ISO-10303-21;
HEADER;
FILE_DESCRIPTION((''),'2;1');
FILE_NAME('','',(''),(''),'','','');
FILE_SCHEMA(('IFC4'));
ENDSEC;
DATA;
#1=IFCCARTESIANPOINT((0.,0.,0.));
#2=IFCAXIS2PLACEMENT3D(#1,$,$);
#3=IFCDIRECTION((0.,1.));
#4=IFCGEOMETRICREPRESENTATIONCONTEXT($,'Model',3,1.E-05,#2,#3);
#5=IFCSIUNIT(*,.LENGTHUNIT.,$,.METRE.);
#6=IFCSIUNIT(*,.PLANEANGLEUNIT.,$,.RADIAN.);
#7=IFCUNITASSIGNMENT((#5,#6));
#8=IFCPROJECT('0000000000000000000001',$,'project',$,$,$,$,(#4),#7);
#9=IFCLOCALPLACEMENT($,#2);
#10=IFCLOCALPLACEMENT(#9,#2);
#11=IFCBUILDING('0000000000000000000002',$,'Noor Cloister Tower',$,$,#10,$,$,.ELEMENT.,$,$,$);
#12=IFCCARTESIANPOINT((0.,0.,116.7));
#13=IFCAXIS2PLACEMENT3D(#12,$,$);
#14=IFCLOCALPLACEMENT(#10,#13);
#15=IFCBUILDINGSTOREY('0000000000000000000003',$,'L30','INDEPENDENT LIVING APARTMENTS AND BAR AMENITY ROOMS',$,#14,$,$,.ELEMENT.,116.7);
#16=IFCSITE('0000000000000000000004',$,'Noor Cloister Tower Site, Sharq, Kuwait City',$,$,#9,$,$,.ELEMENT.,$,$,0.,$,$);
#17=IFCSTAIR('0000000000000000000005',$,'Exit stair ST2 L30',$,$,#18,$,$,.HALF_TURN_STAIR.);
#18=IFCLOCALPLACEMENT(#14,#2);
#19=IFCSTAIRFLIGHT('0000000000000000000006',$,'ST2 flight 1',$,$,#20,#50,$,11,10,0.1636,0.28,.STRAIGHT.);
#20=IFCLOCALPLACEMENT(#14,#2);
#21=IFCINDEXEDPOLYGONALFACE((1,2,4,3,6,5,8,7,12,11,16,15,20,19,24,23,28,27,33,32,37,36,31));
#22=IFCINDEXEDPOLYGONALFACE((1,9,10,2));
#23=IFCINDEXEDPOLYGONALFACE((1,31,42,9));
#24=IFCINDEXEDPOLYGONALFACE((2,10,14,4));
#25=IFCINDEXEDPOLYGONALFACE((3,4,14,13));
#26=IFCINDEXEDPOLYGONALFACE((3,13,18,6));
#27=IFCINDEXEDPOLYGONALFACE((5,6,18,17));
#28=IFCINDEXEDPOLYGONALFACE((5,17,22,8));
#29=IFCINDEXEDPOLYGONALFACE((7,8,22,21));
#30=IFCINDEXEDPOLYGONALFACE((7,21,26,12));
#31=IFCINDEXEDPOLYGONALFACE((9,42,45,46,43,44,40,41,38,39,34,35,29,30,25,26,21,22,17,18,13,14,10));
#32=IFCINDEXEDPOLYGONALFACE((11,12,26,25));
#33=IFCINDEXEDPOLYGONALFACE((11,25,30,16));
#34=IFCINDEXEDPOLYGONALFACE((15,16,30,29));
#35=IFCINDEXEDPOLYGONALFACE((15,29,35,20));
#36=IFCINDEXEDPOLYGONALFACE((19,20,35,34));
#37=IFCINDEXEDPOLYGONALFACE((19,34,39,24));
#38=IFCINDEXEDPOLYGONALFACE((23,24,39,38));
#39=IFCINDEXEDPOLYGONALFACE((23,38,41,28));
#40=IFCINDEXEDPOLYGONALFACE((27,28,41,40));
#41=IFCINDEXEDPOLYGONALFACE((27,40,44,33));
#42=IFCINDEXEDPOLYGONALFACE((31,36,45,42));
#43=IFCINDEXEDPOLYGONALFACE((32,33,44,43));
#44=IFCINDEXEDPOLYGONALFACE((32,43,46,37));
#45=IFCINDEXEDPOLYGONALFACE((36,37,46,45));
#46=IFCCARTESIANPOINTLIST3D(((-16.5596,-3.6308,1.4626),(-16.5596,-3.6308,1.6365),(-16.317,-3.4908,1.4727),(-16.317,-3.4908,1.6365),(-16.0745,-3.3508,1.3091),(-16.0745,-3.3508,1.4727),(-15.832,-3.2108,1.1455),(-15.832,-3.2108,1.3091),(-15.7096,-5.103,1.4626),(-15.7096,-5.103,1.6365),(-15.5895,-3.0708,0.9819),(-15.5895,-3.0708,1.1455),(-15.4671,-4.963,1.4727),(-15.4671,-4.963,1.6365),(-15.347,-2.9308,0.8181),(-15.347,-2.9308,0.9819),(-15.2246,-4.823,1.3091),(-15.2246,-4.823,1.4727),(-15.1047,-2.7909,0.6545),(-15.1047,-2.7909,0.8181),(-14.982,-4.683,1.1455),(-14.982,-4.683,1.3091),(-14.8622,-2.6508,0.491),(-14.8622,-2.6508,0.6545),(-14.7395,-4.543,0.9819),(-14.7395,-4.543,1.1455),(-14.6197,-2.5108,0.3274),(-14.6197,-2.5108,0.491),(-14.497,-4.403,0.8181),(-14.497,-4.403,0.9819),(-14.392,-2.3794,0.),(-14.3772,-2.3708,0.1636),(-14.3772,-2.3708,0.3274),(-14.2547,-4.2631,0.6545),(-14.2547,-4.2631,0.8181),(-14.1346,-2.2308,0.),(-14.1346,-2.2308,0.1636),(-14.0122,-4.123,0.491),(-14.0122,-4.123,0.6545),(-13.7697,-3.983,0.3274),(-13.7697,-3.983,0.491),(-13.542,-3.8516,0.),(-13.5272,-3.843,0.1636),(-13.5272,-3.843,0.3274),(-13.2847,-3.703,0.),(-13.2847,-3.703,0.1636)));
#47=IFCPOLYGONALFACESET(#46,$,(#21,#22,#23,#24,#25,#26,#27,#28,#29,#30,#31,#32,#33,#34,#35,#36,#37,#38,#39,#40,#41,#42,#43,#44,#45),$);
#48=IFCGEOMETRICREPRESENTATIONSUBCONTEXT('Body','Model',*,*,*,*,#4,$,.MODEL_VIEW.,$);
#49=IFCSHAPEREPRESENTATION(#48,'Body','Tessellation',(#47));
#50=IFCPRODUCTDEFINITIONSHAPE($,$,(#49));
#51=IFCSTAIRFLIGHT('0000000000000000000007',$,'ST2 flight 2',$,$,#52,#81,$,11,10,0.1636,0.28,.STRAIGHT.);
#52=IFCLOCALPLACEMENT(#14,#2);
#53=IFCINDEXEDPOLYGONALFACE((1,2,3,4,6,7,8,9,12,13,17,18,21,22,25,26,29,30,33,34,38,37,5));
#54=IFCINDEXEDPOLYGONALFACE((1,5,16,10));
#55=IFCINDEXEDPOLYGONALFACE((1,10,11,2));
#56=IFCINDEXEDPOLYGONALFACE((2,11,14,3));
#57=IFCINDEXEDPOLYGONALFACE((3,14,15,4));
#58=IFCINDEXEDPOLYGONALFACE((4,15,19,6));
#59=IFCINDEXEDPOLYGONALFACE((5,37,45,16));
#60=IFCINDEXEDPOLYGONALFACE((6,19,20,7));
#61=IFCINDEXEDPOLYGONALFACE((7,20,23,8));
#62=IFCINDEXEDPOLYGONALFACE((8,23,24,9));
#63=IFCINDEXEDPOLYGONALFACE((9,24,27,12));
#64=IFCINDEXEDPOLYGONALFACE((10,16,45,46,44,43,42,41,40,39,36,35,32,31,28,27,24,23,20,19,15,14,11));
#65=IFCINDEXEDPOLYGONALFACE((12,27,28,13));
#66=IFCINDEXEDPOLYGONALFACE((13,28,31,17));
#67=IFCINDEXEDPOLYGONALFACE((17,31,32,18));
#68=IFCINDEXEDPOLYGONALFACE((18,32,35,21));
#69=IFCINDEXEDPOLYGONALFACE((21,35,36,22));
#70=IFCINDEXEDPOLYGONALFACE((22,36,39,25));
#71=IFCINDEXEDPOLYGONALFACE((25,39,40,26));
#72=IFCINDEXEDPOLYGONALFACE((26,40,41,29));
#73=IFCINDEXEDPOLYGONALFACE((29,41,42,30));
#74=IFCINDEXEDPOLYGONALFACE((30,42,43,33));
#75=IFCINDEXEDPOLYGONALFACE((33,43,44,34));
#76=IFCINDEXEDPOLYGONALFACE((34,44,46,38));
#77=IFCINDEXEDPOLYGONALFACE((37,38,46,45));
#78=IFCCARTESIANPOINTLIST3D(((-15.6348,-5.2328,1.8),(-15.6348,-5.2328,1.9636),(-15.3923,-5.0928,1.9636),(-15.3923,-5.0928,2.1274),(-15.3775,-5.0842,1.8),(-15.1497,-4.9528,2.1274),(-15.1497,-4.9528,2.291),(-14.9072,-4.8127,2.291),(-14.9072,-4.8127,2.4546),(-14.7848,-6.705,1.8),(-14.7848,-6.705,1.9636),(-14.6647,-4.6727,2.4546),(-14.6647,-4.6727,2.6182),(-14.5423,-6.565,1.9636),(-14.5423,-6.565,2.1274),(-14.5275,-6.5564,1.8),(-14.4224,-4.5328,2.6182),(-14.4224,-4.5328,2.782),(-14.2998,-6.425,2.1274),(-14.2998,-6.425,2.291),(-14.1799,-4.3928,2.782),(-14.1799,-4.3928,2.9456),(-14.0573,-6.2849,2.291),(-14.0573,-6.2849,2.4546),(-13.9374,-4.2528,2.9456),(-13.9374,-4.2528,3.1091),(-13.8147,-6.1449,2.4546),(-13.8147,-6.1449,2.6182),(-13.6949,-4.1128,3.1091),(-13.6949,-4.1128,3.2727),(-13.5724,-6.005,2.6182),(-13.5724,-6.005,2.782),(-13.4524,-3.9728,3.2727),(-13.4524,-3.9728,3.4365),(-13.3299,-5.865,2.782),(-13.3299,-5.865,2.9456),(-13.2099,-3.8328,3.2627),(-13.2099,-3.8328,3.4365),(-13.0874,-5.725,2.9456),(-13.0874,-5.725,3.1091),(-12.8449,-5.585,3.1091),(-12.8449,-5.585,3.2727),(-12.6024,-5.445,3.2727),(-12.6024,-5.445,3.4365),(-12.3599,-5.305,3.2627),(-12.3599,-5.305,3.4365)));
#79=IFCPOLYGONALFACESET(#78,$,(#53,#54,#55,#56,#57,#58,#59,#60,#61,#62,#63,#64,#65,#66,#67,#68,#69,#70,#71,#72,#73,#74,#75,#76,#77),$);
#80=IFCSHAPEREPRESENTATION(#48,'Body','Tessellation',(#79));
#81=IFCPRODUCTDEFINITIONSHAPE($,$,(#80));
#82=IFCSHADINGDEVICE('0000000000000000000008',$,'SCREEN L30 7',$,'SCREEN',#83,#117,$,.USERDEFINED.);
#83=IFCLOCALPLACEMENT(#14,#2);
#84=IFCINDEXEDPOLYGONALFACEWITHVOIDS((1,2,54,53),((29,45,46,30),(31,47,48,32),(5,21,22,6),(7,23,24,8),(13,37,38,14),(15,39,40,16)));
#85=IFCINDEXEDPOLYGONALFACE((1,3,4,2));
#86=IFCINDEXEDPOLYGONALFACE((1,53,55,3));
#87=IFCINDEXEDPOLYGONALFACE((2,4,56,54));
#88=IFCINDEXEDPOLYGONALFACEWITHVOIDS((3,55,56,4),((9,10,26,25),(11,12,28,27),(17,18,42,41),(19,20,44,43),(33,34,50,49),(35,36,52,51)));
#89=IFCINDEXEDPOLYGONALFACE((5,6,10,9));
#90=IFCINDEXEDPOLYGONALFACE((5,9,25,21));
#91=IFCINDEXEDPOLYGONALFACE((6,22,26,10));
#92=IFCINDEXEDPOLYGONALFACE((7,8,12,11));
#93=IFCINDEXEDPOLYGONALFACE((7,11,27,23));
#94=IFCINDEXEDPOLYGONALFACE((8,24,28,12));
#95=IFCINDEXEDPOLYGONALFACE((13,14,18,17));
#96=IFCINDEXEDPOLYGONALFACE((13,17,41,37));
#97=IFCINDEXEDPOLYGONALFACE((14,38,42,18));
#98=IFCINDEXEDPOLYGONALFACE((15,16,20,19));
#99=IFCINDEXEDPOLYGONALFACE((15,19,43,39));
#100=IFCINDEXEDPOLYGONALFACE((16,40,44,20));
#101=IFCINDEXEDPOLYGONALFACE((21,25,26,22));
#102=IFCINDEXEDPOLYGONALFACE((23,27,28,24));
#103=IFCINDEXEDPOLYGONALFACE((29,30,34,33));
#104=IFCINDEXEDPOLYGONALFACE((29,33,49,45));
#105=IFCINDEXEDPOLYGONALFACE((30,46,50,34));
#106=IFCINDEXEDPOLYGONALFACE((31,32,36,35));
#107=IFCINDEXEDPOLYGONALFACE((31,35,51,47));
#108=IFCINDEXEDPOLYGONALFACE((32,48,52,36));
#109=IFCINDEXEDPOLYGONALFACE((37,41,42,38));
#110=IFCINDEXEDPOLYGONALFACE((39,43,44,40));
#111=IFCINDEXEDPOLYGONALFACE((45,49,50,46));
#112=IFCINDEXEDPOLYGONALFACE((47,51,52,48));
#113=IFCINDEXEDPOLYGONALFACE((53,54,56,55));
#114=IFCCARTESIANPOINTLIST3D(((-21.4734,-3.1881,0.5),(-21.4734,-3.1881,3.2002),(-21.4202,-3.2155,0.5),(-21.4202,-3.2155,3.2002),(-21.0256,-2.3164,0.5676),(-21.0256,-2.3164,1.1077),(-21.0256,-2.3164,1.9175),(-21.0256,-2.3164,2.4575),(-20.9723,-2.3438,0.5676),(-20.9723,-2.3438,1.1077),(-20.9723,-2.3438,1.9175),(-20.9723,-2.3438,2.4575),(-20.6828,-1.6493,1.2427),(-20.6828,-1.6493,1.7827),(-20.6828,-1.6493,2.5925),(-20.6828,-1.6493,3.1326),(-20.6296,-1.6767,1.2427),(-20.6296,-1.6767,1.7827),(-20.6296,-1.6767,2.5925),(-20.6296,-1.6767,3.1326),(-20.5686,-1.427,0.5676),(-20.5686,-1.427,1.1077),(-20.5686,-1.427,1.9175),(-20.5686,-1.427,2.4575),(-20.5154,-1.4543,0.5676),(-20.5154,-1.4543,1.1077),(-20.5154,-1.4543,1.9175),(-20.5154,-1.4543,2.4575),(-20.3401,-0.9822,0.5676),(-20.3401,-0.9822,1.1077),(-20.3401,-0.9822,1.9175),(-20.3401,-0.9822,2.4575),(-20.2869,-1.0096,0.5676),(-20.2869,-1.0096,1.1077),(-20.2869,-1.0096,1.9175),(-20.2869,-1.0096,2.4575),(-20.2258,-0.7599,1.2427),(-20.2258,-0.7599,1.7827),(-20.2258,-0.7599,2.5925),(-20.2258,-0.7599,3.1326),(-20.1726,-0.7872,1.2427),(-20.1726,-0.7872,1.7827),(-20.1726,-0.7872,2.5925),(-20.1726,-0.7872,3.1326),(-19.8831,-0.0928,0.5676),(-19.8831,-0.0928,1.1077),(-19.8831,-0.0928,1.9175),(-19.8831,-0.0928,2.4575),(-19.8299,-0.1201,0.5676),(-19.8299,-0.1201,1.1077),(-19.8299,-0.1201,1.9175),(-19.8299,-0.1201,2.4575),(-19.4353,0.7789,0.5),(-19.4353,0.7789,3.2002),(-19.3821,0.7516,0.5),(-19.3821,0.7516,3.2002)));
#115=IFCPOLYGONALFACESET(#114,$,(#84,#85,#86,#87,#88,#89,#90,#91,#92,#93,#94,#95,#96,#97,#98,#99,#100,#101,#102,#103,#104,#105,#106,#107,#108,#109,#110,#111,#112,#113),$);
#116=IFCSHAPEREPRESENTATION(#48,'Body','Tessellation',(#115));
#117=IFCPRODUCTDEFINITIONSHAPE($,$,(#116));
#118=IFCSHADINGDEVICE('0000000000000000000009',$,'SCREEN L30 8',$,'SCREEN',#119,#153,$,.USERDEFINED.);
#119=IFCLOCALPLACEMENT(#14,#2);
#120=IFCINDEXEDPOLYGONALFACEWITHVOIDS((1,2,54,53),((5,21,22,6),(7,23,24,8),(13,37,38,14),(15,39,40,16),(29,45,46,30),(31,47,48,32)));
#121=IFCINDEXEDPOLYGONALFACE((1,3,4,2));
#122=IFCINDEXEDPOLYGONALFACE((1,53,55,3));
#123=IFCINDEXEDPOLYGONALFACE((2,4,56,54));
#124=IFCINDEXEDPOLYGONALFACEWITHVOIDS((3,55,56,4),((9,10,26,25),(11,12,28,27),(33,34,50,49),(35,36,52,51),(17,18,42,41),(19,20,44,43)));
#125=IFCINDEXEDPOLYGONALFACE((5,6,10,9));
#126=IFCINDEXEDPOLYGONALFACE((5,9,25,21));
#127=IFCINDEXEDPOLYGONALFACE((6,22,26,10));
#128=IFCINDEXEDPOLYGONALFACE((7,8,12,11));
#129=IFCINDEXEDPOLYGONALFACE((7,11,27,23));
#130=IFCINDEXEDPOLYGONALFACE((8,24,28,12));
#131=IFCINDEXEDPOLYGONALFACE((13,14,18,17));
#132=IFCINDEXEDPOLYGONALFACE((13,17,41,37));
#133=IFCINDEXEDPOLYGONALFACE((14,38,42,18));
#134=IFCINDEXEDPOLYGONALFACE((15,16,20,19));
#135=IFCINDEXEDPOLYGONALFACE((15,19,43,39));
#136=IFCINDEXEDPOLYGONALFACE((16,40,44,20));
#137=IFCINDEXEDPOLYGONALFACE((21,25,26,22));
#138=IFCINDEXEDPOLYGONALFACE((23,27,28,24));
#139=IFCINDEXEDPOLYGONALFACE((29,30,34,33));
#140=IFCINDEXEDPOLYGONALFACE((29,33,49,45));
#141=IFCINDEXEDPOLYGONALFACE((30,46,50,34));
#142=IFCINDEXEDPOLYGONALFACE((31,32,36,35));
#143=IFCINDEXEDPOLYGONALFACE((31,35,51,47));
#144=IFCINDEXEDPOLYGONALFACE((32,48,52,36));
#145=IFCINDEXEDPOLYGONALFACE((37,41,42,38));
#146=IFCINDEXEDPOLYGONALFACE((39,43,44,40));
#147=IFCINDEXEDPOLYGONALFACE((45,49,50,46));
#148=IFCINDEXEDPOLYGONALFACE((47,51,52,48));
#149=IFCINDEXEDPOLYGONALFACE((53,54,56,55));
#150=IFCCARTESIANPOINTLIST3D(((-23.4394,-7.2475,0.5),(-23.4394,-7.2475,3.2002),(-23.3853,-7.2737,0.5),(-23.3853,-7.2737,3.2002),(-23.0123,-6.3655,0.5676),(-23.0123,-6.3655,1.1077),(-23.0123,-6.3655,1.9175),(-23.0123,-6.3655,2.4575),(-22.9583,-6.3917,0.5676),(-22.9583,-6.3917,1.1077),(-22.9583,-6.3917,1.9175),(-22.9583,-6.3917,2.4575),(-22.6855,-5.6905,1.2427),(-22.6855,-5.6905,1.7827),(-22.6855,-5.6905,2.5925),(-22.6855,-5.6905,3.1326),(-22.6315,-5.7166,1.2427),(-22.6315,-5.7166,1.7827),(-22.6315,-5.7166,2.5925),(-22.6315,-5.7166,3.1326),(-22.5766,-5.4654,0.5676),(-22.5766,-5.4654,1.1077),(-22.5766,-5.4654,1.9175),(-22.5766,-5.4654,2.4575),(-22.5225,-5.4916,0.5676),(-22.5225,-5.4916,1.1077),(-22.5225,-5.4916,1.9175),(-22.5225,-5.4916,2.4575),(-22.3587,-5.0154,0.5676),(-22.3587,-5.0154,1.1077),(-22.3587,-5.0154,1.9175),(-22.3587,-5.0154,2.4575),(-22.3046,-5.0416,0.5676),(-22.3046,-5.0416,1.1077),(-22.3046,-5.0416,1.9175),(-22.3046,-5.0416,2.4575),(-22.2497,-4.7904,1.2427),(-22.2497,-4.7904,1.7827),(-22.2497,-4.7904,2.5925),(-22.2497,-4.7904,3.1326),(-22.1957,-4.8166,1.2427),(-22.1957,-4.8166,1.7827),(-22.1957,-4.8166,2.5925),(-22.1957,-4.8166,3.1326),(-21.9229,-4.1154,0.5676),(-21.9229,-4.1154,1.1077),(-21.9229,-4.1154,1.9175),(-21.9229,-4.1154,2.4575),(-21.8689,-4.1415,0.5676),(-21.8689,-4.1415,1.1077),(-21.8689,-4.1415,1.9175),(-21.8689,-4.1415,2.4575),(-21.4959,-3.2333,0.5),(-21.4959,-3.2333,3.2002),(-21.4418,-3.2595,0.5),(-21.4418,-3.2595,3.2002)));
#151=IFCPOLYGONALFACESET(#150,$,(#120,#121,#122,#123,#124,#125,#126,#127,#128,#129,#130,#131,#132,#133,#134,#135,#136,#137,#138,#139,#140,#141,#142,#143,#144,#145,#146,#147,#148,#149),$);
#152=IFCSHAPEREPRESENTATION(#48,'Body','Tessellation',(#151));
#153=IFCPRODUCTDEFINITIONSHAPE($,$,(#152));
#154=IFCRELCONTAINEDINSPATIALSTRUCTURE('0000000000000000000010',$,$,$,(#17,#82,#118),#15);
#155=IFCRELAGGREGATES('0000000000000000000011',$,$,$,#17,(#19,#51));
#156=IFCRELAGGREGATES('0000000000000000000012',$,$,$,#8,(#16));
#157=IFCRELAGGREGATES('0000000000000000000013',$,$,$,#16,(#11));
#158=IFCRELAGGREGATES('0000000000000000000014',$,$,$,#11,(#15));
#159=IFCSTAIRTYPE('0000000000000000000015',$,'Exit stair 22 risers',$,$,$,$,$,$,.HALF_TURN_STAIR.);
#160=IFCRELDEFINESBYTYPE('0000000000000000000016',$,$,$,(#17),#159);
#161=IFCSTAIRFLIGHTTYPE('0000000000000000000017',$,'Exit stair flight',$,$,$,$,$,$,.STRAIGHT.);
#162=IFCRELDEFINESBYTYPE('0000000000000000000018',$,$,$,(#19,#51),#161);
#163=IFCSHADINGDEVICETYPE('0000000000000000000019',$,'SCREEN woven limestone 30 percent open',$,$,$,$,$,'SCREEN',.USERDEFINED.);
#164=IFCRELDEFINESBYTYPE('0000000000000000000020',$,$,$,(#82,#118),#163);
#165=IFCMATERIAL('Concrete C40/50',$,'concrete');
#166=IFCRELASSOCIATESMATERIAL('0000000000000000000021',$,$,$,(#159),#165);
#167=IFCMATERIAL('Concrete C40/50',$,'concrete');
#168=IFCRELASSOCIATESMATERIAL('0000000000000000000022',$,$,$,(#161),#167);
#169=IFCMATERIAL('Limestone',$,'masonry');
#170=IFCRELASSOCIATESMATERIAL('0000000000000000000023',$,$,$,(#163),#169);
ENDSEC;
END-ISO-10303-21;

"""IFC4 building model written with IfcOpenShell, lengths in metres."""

from ifc_helpers import new_model, si_unit, direction, frame, origin, place, context, subcontext, project, spatial, polyline, outline, extrude, material, material_profile, profile_set, type_object, element, aggregate, save


model = new_model("IFC4")

# Units and contexts
model_context = context("Model", 3, precision=1e-05, world=origin(), true_north=direction((0.0, 1.0)))
body_context = subcontext(model_context, "Body", "Model", "MODEL_VIEW")
ifc_project = project(units=[si_unit("LENGTHUNIT", "METRE"), si_unit("PLANEANGLEUNIT", "RADIAN")], contexts=[model_context])

# Site, building, storey
site_placement = place(None, origin())
site = spatial("IfcSite", under=ifc_project, at=site_placement, Name="Noor Cloister Tower Site, Sharq, Kuwait City", CompositionType="ELEMENT", RefElevation=0.0)
building_placement = place(site_placement, origin())
building = spatial("IfcBuilding", under=site, at=building_placement, Name="Noor Cloister Tower", CompositionType="ELEMENT")
storey_placement = place(building_placement, frame((0.0, 0.0, 116.7)))
storey = spatial("IfcBuildingStorey", under=building, at=storey_placement, Name="L30", Description="INDEPENDENT LIVING APARTMENTS AND BAR AMENITY ROOMS", CompositionType="ELEMENT", Elevation=116.7)

# Stair, stair flights
ifc_material_1 = material(Name="Concrete C40/50", Category="concrete")
stair_type = type_object("IfcStairType", Name="Exit stair 22 risers", PredefinedType="HALF_TURN_STAIR", material=ifc_material_1)
stair_placement = place(storey_placement, origin())
stair = element("IfcStair", 1, at=stair_placement, inside=storey, type_object=stair_type, Name="Exit stair ST2 L30", PredefinedType="HALF_TURN_STAIR")
ifc_material_2 = material(Name="Concrete C40/50", Category="concrete")
stair_flight_type = type_object("IfcStairFlightType", Name="Exit stair flight", PredefinedType="STRAIGHT", material=ifc_material_2)
stair_flight_1_placement = place(storey_placement, frame((-13.7097, -2.9668, 0.0), z_axis=(0.0, 0.0, 1.0), x_axis=(-0.866025, -0.5, 0.0)))
stair_flight_1 = element("IfcStairFlight", 2, at=stair_flight_1_placement, type_object=stair_flight_type, Name="ST2 flight 1", NumberOfRisers=11, NumberOfTreads=10, PredefinedType="STRAIGHT", RiserHeight=0.1636, TreadLength=0.28, context=body_context, shape_type="SweptSolid", body=[
    extrude(outline(polyline([(0.0, 0.0), (0.0, 0.1636), (0.28, 0.1636), (0.28, 0.3274), (0.5601, 0.3274), (0.5601, 0.491), (0.8401, 0.491), (0.8401, 0.6545), (1.1201, 0.6545), (1.1201, 0.8181), (1.3999, 0.8181), (1.3999, 0.9819), (1.6799, 0.9819), (1.6799, 1.1455), (1.96, 1.1455), (1.96, 1.3091), (2.24, 1.3091), (2.24, 1.4727), (2.52, 1.4727), (2.52, 1.6365), (2.8, 1.6365), (2.8, 1.8), (2.8, 1.4626), (0.2971, 0.0), (0.0, 0.0)])), frame((0.0, 0.8501, 0.0), z_axis=(0.0, -1.0, 0.0), x_axis=(1.0, 0.0, 0.0)), (0.0, 0.0, 1.0), 1.7),
])
stair_flight_2_placement = place(storey_placement, frame((-15.2097, -5.969, 1.8), z_axis=(0.0, 0.0, 1.0), x_axis=(0.866025, 0.5, 0.0)))
stair_flight_2 = element("IfcStairFlight", 3, at=stair_flight_2_placement, type_object=stair_flight_type, Name="ST2 flight 2", NumberOfRisers=11, NumberOfTreads=10, PredefinedType="STRAIGHT", RiserHeight=0.1636, TreadLength=0.28, context=body_context, shape_type="SweptSolid", body=[
    extrude(outline(polyline([(0.0, 0.0), (0.0, 0.1636), (0.28, 0.1636), (0.28, 0.3274), (0.5601, 0.3274), (0.5601, 0.491), (0.8401, 0.491), (0.8401, 0.6545), (1.1201, 0.6545), (1.1201, 0.8181), (1.3999, 0.8181), (1.3999, 0.9819), (1.6799, 0.9819), (1.6799, 1.1455), (1.96, 1.1455), (1.96, 1.3091), (2.24, 1.3091), (2.24, 1.4727), (2.52, 1.4727), (2.52, 1.6365), (2.8, 1.6365), (2.8, 1.8), (2.8, 1.4626), (0.2971, 0.0), (0.0, 0.0)])), frame((0.0, 0.8501, 0.0), z_axis=(0.0, -1.0, 0.0), x_axis=(1.0, 0.0, 0.0)), (0.0, 0.0, 1.0), 1.7),
])
aggregate(stair, [stair_flight_1, stair_flight_2])

# Shading devices
ifc_material_3 = material(Name="Limestone", Category="masonry")
ifc_material_profile_1 = material_profile(ifc_material_3, outline(polyline([(-2.23, -1.3501), (2.23, -1.3501), (2.23, 1.3501), (-2.23, 1.3501), (-2.23, -1.3501)]), holes=[polyline([(-1.25, -1.2825), (-0.25, -1.2825), (-0.25, -0.7424), (-1.25, -0.7424), (-1.25, -1.2825)]), polyline([(0.25, -1.2825), (1.25, -1.2825), (1.25, -0.7424), (0.25, -0.7424), (0.25, -1.2825)]), polyline([(-0.5, -0.6074), (0.5, -0.6074), (0.5, -0.0674), (-0.5, -0.0674), (-0.5, -0.6074)]), polyline([(-1.25, 0.0674), (-0.25, 0.0674), (-0.25, 0.6074), (-1.25, 0.6074), (-1.25, 0.0674)]), polyline([(0.25, 0.0674), (1.25, 0.0674), (1.25, 0.6074), (0.25, 0.6074), (0.25, 0.0674)]), polyline([(-0.5, 0.7424), (0.5, 0.7424), (0.5, 1.2825), (-0.5, 1.2825), (-0.5, 0.7424)])]), Name="Woven screen 30 percent open")
ifc_profile_set_1 = profile_set([ifc_material_profile_1], Name="Limestone")
shading_device_type = type_object("IfcShadingDeviceType", Name="SCREEN woven limestone 30 percent open", ElementType="SCREEN", PredefinedType="USERDEFINED", material=ifc_profile_set_1)
shading_device_1_placement = place(storey_placement, frame((-20.4011, -1.2319, 1.8501), z_axis=(-0.889477, 0.456979, 0.0), x_axis=(-0.456979, -0.889477, 0.0)))
element("IfcShadingDevice", 4, at=shading_device_1_placement, inside=storey, type_object=shading_device_type, Name="SCREEN L30 7", ObjectType="SCREEN", PredefinedType="USERDEFINED", context=body_context, shape_type="SweptSolid", body=[
    extrude(outline(polyline([(-2.23, -1.3501), (2.23, -1.3501), (2.23, 1.3501), (-2.23, 1.3501), (-2.23, -1.3501)]), holes=[polyline([(-1.25, -1.2825), (-0.25, -1.2825), (-0.25, -0.7424), (-1.25, -0.7424), (-1.25, -1.2825)]), polyline([(0.25, -1.2825), (1.25, -1.2825), (1.25, -0.7424), (0.25, -0.7424), (0.25, -1.2825)]), polyline([(-0.5, -0.6074), (0.5, -0.6074), (0.5, -0.0674), (-0.5, -0.0674), (-0.5, -0.6074)]), polyline([(-1.25, 0.0674), (-0.25, 0.0674), (-0.25, 0.6074), (-1.25, 0.6074), (-1.25, 0.0674)]), polyline([(0.25, 0.0674), (1.25, 0.0674), (1.25, 0.6074), (0.25, 0.6074), (0.25, 0.0674)]), polyline([(-0.5, 0.7424), (0.5, 0.7424), (0.5, 1.2825), (-0.5, 1.2825), (-0.5, 0.7424)])]), origin(), (0.0, 0.0, 1.0), 0.0598),
])
shading_device_2_placement = place(storey_placement, frame((-22.4136, -5.2666, 1.8501), z_axis=(-0.900056, 0.435774, 0.0), x_axis=(-0.435774, -0.900056, 0.0)))
element("IfcShadingDevice", 5, at=shading_device_2_placement, inside=storey, type_object=shading_device_type, Name="SCREEN L30 8", ObjectType="SCREEN", PredefinedType="USERDEFINED", context=body_context, shape_type="SweptSolid", body=[
    extrude(outline(polyline([(-2.23, -1.3501), (2.23, -1.3501), (2.23, 1.3501), (-2.23, 1.3501), (-2.23, -1.3501)]), holes=[polyline([(-1.25, -1.2825), (-0.25, -1.2825), (-0.25, -0.7424), (-1.25, -0.7424), (-1.25, -1.2825)]), polyline([(0.25, -1.2825), (1.25, -1.2825), (1.25, -0.7424), (0.25, -0.7424), (0.25, -1.2825)]), polyline([(-0.5, -0.6074), (0.5, -0.6074), (0.5, -0.0674), (-0.5, -0.0674), (-0.5, -0.6074)]), polyline([(-1.25, 0.0674), (-0.25, 0.0674), (-0.25, 0.6074), (-1.25, 0.6074), (-1.25, 0.0674)]), polyline([(0.25, 0.0674), (1.25, 0.0674), (1.25, 0.6074), (0.25, 0.6074), (0.25, 0.0674)]), polyline([(-0.5, 0.7424), (0.5, 0.7424), (0.5, 1.2825), (-0.5, 1.2825), (-0.5, 0.7424)])]), origin(), (0.0, 0.0, 1.0), 0.0601),
])

save(model, "model.ifc")
